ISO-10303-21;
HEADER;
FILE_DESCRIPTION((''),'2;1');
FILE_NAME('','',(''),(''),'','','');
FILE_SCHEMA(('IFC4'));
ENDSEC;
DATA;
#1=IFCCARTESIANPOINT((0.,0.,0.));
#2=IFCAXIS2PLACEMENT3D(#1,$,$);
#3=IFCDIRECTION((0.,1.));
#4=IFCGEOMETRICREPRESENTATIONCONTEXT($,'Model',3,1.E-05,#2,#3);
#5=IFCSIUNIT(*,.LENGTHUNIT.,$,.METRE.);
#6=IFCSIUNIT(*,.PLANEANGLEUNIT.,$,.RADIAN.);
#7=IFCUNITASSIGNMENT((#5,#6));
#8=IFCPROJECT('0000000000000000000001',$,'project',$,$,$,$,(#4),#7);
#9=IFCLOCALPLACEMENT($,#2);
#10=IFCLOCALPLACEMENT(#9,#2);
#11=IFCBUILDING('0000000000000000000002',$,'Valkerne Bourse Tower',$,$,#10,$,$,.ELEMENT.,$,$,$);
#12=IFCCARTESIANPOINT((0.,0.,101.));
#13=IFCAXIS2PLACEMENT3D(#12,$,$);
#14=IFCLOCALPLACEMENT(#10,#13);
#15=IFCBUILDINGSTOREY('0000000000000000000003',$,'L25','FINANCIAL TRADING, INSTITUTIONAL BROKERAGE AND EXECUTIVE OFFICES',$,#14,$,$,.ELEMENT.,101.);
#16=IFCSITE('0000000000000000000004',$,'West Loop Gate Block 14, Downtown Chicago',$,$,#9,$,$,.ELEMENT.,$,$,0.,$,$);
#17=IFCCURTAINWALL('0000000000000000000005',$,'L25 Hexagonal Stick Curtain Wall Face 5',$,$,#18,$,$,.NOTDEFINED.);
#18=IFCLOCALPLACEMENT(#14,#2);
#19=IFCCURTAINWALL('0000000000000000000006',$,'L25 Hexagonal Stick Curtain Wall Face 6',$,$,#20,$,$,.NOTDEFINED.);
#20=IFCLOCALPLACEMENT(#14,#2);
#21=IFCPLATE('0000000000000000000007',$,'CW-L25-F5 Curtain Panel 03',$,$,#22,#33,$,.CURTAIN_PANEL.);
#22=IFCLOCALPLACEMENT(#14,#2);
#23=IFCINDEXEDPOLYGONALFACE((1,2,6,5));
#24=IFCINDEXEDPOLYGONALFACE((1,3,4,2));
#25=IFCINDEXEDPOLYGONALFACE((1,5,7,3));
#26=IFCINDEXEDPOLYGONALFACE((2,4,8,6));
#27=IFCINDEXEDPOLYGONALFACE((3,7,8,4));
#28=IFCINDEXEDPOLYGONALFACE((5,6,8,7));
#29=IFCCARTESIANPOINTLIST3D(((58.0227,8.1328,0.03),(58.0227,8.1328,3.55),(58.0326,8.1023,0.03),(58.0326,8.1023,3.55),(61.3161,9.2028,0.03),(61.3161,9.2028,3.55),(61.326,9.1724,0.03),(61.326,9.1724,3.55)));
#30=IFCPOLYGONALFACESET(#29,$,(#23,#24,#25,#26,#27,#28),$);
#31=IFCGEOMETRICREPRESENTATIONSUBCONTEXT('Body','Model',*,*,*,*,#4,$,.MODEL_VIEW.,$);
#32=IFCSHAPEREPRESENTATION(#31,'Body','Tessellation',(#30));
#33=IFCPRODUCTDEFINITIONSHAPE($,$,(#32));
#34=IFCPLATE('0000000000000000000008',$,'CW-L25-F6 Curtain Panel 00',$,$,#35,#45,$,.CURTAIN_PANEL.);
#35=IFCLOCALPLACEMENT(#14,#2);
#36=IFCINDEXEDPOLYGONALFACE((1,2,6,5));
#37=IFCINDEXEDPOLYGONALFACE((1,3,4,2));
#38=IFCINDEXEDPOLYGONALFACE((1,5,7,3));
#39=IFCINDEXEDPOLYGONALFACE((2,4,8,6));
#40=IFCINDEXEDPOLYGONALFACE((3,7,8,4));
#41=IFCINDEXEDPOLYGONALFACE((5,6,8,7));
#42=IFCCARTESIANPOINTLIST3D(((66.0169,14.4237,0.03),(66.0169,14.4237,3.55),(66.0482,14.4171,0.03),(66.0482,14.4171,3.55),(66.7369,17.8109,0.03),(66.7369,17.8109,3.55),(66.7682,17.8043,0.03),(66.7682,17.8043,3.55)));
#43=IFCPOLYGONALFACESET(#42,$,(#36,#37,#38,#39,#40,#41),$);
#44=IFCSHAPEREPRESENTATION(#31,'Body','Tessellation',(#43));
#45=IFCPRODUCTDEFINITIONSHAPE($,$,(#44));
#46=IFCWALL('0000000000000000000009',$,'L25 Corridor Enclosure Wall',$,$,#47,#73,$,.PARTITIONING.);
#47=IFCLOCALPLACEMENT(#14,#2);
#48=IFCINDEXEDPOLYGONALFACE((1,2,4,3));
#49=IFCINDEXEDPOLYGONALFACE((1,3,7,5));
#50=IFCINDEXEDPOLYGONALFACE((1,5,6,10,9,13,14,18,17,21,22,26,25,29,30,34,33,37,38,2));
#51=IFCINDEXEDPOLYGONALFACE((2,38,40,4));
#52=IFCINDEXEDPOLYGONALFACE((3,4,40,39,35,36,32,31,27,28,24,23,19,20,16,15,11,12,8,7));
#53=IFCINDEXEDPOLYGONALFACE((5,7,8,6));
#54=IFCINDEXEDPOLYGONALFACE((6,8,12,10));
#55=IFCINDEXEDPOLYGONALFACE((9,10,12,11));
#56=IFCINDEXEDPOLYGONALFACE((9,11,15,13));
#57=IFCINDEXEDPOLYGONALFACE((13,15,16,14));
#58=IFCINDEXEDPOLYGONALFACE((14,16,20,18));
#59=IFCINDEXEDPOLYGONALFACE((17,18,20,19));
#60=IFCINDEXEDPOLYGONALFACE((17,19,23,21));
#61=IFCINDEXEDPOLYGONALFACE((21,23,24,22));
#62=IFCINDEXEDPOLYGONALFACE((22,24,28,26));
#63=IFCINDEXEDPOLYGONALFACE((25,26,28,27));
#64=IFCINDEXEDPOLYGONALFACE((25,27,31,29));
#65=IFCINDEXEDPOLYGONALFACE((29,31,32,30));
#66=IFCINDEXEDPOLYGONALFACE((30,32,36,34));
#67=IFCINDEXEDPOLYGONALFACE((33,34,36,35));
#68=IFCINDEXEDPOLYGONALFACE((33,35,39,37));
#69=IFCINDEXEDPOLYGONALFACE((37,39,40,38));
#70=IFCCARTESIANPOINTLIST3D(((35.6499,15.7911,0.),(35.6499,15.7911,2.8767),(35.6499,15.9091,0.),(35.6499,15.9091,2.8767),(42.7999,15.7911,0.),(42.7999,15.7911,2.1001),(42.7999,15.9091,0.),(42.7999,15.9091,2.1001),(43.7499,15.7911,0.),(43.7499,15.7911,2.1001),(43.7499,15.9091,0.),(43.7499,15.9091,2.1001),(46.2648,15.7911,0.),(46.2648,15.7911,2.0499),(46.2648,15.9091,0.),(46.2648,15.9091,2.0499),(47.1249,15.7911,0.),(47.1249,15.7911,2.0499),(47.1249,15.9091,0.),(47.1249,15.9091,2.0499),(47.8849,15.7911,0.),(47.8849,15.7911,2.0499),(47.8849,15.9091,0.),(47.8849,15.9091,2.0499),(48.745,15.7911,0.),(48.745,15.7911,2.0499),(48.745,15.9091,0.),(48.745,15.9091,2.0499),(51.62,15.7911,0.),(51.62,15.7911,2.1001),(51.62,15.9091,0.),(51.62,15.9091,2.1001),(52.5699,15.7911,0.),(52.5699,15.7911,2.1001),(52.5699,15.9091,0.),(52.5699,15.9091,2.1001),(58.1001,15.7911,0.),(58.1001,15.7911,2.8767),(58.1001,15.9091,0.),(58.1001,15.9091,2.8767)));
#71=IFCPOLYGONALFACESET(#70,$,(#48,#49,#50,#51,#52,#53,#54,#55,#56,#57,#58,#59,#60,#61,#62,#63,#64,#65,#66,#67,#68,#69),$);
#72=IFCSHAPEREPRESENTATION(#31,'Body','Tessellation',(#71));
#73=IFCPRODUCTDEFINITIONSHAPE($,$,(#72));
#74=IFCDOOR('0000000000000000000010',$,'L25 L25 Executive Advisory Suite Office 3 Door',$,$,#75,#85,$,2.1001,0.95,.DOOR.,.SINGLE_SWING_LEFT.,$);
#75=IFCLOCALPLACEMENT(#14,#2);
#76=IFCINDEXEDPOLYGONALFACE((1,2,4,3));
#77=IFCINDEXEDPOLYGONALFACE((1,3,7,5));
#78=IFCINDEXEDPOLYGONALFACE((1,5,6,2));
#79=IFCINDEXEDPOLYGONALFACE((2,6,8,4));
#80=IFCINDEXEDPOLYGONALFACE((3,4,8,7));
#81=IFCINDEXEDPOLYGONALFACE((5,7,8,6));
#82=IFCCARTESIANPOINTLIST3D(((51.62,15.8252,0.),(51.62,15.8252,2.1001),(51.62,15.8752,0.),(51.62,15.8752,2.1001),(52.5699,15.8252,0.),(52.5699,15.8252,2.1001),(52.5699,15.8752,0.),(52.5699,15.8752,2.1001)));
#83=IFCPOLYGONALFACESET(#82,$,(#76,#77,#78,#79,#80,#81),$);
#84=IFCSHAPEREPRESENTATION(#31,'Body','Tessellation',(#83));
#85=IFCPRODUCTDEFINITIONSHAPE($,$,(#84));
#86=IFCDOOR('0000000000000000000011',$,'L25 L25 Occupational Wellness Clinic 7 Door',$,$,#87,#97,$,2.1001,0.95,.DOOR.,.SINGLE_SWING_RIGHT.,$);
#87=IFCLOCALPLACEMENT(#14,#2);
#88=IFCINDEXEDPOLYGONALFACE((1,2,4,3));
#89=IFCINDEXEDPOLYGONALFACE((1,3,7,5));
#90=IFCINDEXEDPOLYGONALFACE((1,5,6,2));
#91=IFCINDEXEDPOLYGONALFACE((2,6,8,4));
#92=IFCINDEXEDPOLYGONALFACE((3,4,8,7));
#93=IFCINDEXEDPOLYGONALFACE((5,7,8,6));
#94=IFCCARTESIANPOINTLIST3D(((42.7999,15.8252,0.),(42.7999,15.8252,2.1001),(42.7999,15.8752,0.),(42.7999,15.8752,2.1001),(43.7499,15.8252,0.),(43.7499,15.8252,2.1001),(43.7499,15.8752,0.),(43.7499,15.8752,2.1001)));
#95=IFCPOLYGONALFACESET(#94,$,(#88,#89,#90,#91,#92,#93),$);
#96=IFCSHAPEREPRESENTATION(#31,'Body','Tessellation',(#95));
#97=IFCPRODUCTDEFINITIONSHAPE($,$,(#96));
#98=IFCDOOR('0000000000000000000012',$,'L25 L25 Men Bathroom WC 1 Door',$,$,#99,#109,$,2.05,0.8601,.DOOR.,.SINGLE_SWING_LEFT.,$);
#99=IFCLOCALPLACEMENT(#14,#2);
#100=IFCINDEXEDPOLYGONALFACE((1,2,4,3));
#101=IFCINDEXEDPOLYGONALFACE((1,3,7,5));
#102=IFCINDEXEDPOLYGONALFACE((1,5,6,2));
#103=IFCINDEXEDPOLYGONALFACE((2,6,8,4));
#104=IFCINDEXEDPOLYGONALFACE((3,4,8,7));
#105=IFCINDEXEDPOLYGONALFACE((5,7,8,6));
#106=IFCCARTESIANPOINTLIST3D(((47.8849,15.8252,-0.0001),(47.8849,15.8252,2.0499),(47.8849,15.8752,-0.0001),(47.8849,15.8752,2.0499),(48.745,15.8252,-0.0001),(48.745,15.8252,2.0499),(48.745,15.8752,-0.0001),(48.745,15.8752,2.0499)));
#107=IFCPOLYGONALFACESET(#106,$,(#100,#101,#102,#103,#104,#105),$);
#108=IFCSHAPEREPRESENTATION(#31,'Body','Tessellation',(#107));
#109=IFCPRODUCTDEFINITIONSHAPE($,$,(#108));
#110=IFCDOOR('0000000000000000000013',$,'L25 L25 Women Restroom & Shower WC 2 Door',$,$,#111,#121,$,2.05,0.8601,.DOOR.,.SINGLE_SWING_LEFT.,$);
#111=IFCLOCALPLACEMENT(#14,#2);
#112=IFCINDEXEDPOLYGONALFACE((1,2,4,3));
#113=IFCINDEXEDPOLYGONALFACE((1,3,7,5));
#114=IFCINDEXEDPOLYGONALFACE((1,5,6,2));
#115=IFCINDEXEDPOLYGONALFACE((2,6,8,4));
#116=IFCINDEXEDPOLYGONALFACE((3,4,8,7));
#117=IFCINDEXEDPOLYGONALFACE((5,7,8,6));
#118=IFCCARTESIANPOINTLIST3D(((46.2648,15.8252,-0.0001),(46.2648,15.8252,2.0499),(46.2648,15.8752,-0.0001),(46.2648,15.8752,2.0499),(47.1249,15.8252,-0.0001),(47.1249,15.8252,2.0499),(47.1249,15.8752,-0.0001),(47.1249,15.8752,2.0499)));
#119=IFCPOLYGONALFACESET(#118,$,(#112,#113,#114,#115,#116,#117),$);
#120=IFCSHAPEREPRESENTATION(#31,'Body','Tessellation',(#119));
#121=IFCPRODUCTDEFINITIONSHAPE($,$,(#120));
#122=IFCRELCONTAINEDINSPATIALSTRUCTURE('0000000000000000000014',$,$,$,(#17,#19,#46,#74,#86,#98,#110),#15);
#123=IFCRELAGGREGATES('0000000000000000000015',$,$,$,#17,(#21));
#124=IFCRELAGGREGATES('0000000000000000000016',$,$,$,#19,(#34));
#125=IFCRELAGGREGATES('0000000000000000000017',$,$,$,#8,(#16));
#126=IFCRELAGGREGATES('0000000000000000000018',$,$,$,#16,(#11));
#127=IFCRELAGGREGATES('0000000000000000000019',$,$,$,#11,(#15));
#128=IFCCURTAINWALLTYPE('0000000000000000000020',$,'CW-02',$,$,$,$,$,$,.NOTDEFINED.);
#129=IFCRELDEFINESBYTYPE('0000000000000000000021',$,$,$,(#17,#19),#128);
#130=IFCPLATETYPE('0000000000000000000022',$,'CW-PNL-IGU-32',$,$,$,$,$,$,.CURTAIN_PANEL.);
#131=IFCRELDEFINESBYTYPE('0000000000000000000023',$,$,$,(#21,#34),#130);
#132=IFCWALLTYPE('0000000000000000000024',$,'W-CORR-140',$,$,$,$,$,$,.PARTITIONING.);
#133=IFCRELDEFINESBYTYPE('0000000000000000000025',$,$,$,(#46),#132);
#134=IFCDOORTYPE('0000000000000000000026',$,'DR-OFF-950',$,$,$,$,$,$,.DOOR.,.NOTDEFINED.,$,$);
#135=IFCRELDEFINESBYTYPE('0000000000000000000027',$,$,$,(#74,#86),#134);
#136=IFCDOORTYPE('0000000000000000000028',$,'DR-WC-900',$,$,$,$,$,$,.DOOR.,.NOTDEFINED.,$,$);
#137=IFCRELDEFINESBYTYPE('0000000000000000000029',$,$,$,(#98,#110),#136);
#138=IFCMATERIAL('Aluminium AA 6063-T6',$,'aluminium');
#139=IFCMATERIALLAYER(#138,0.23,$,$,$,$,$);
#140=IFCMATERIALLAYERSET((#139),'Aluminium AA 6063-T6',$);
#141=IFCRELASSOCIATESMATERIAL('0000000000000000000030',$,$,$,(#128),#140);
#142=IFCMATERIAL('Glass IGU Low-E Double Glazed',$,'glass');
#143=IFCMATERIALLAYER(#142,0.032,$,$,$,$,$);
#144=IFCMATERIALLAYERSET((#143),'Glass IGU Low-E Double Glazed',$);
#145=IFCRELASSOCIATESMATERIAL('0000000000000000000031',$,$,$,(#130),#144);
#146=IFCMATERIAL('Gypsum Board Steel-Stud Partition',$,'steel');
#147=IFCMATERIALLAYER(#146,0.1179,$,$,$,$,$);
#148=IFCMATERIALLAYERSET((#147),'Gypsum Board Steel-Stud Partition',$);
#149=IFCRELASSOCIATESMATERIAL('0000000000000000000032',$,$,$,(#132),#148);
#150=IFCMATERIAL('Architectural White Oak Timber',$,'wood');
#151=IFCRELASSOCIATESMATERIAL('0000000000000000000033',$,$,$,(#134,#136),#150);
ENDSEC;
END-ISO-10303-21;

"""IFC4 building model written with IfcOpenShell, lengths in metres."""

from ifc_helpers import new_model, si_unit, direction, frame, frame_2d, origin, origin_2d, place, context, subcontext, project, spatial, rectangle, extrude, material, layer, layer_set, type_object, element, fill, aggregate, save


model = new_model("IFC4")

# Units and contexts
model_context = context("Model", 3, precision=1e-05, world=origin(), true_north=direction((0.0, 1.0)))
body_context = subcontext(model_context, "Body", "Model", "MODEL_VIEW")
ifc_project = project(units=[si_unit("LENGTHUNIT", "METRE"), si_unit("PLANEANGLEUNIT", "RADIAN")], contexts=[model_context])

# Site, building, storey
site_placement = place(None, origin())
site = spatial("IfcSite", under=ifc_project, at=site_placement, Name="West Loop Gate Block 14, Downtown Chicago", CompositionType="ELEMENT", RefElevation=0.0)
building_placement = place(site_placement, origin())
building = spatial("IfcBuilding", under=site, at=building_placement, Name="Valkerne Bourse Tower", CompositionType="ELEMENT")
storey_placement = place(building_placement, frame((0.0, 0.0, 101.0)))
storey = spatial("IfcBuildingStorey", under=building, at=storey_placement, Name="L25", Description="FINANCIAL TRADING, INSTITUTIONAL BROKERAGE AND EXECUTIVE OFFICES", CompositionType="ELEMENT", Elevation=101.0)

# Curtain walls
ifc_material_1 = material(Name="Aluminium AA 6063-T6", Category="aluminium")
ifc_layer_1 = layer(ifc_material_1, 0.23)
ifc_layer_set_1 = layer_set([ifc_layer_1], Name="Aluminium AA 6063-T6")
curtain_wall_type = type_object("IfcCurtainWallType", Name="CW-02", PredefinedType="NOTDEFINED", material=ifc_layer_set_1)
curtain_wall_1_placement = place(storey_placement, origin())
curtain_wall_1 = element("IfcCurtainWall", 1, at=curtain_wall_1_placement, inside=storey, type_object=curtain_wall_type, Name="L25 Hexagonal Stick Curtain Wall Face 5", PredefinedType="NOTDEFINED")
curtain_wall_2_placement = place(storey_placement, origin())
curtain_wall_2 = element("IfcCurtainWall", 2, at=curtain_wall_2_placement, inside=storey, type_object=curtain_wall_type, Name="L25 Hexagonal Stick Curtain Wall Face 6", PredefinedType="NOTDEFINED")

# Plates
ifc_material_2 = material(Name="Glass IGU Low-E Double Glazed", Category="glass")
ifc_layer_2 = layer(ifc_material_2, 0.032)
ifc_layer_set_2 = layer_set([ifc_layer_2], Name="Glass IGU Low-E Double Glazed")
plate_type = type_object("IfcPlateType", Name="CW-PNL-IGU-32", PredefinedType="CURTAIN_PANEL", material=ifc_layer_set_2)
plate_1_placement = place(storey_placement, frame((59.6743, 8.6526, 0.03), z_axis=(0.0, 0.0, 1.0), x_axis=(0.951058, 0.309011, 0.0)))
plate_1 = element("IfcPlate", 3, at=plate_1_placement, type_object=plate_type, Name="CW-L25-F5 Curtain Panel 03", PredefinedType="CURTAIN_PANEL", context=body_context, shape_type="SweptSolid", body=[
    extrude(rectangle(XDim=3.4629, YDim=0.032, at=origin_2d()), origin(), (0.0, 0.0, 1.0), 3.52),
])
aggregate(curtain_wall_1, [plate_1])
plate_2_placement = place(storey_placement, frame((66.3926, 16.114, 0.03), z_axis=(0.0, 0.0, 1.0), x_axis=(0.207918, 0.978146, 0.0)))
plate_2 = element("IfcPlate", 4, at=plate_2_placement, type_object=plate_type, Name="CW-L25-F6 Curtain Panel 00", PredefinedType="CURTAIN_PANEL", context=body_context, shape_type="SweptSolid", body=[
    extrude(rectangle(XDim=3.4629, YDim=0.032, at=origin_2d()), origin(), (0.0, 0.0, 1.0), 3.52),
])
aggregate(curtain_wall_2, [plate_2])

# Wall, openings, doors
ifc_material_3 = material(Name="Gypsum Board Steel-Stud Partition", Category="steel")
ifc_layer_3 = layer(ifc_material_3, 0.1179)
ifc_layer_set_3 = layer_set([ifc_layer_3], Name="Gypsum Board Steel-Stud Partition")
wall_type = type_object("IfcWallType", Name="W-CORR-140", PredefinedType="PARTITIONING", material=ifc_layer_set_3)
wall_placement = place(storey_placement, frame((58.1001, 15.8501, 0.0), z_axis=(0.0, 0.0, 1.0), x_axis=(-1.0, 0.0, 0.0)))
wall = element("IfcWall", 5, at=wall_placement, inside=storey, type_object=wall_type, Name="L25 Corridor Enclosure Wall", PredefinedType="PARTITIONING", context=body_context, shape_type="SweptSolid", body=[
    extrude(rectangle(XDim=22.4502, YDim=0.1179, at=frame_2d((11.2251, 0.0))), origin(), (0.0, 0.0, 1.0), 2.8767),
])
opening_1_placement = place(wall_placement, frame((9.355, 0.0, 0.0)))
opening_1 = element("IfcOpeningElement", 6, at=opening_1_placement, cuts=wall, PredefinedType="OPENING", context=body_context, shape_type="SweptSolid", body=[
    extrude(rectangle(XDim=0.8601, YDim=2.05, at=frame_2d((0.4302, 1.0249))), frame((0.0, 0.0688, 0.0), z_axis=(0.0, -1.0, 0.0), x_axis=(1.0, 0.0, 0.0)), (0.0, 0.0, 1.0), 0.1379),
])
opening_2_placement = place(wall_placement, frame((10.9751, 0.0, 0.0)))
opening_2 = element("IfcOpeningElement", 7, at=opening_2_placement, cuts=wall, PredefinedType="OPENING", context=body_context, shape_type="SweptSolid", body=[
    extrude(rectangle(XDim=0.8601, YDim=2.05, at=frame_2d((0.4302, 1.0249))), frame((0.0, 0.0688, 0.0), z_axis=(0.0, -1.0, 0.0), x_axis=(1.0, 0.0, 0.0)), (0.0, 0.0, 1.0), 0.1379),
])
opening_3_placement = place(wall_placement, frame((5.53, 0.0, 0.0)))
opening_3 = element("IfcOpeningElement", 8, at=opening_3_placement, cuts=wall, PredefinedType="OPENING", context=body_context, shape_type="SweptSolid", body=[
    extrude(rectangle(XDim=0.95, YDim=2.1001, at=frame_2d((0.4751, 1.05))), frame((0.0, 0.0688, 0.0), z_axis=(0.0, -1.0, 0.0), x_axis=(1.0, 0.0, 0.0)), (0.0, 0.0, 1.0), 0.1379),
])
opening_4_placement = place(wall_placement, frame((14.3501, 0.0, 0.0)))
opening_4 = element("IfcOpeningElement", 9, at=opening_4_placement, cuts=wall, PredefinedType="OPENING", context=body_context, shape_type="SweptSolid", body=[
    extrude(rectangle(XDim=0.95, YDim=2.1001, at=frame_2d((0.4751, 1.05))), frame((0.0, 0.0688, 0.0), z_axis=(0.0, -1.0, 0.0), x_axis=(1.0, 0.0, 0.0)), (0.0, 0.0, 1.0), 0.1379),
])
ifc_material_4 = material(Name="Architectural White Oak Timber", Category="wood")
door_type_1 = type_object("IfcDoorType", Name="DR-OFF-950", OperationType="NOTDEFINED", PredefinedType="DOOR", material=ifc_material_4)
door_1_placement = place(opening_3_placement, origin())
door_1 = element("IfcDoor", 10, at=door_1_placement, inside=storey, type_object=door_type_1, Name="L25 L25 Executive Advisory Suite Office 3 Door", OperationType="SINGLE_SWING_LEFT", OverallHeight=2.1001, OverallWidth=0.95, PredefinedType="DOOR", context=body_context, shape_type="SweptSolid", body=[
    extrude(rectangle(XDim=0.95, YDim=2.1001, at=frame_2d((0.4751, 1.05))), frame((0.0, 0.0249, 0.0), z_axis=(0.0, -1.0, 0.0), x_axis=(1.0, 0.0, 0.0)), (0.0, 0.0, 1.0), 0.05),
])
fill(opening_3, door_1)
door_2_placement = place(opening_4_placement, origin())
door_2 = element("IfcDoor", 11, at=door_2_placement, inside=storey, type_object=door_type_1, Name="L25 L25 Occupational Wellness Clinic 7 Door", OperationType="SINGLE_SWING_RIGHT", OverallHeight=2.1001, OverallWidth=0.95, PredefinedType="DOOR", context=body_context, shape_type="SweptSolid", body=[
    extrude(rectangle(XDim=0.95, YDim=2.1001, at=frame_2d((0.4751, 1.05))), frame((0.0, 0.0249, 0.0), z_axis=(0.0, -1.0, 0.0), x_axis=(1.0, 0.0, 0.0)), (0.0, 0.0, 1.0), 0.05),
])
fill(opening_4, door_2)
door_type_2 = type_object("IfcDoorType", Name="DR-WC-900", OperationType="NOTDEFINED", PredefinedType="DOOR", material=ifc_material_4)
door_3_placement = place(opening_1_placement, origin())
door_3 = element("IfcDoor", 12, at=door_3_placement, inside=storey, type_object=door_type_2, Name="L25 L25 Men Bathroom WC 1 Door", OperationType="SINGLE_SWING_LEFT", OverallHeight=2.05, OverallWidth=0.8601, PredefinedType="DOOR", context=body_context, shape_type="SweptSolid", body=[
    extrude(rectangle(XDim=0.8601, YDim=2.05, at=frame_2d((0.4302, 1.0249))), frame((0.0, 0.0249, 0.0), z_axis=(0.0, -1.0, 0.0), x_axis=(1.0, 0.0, 0.0)), (0.0, 0.0, 1.0), 0.05),
])
fill(opening_1, door_3)
door_4_placement = place(opening_2_placement, origin())
door_4 = element("IfcDoor", 13, at=door_4_placement, inside=storey, type_object=door_type_2, Name="L25 L25 Women Restroom & Shower WC 2 Door", OperationType="SINGLE_SWING_LEFT", OverallHeight=2.05, OverallWidth=0.8601, PredefinedType="DOOR", context=body_context, shape_type="SweptSolid", body=[
    extrude(rectangle(XDim=0.8601, YDim=2.05, at=frame_2d((0.4302, 1.0249))), frame((0.0, 0.0249, 0.0), z_axis=(0.0, -1.0, 0.0), x_axis=(1.0, 0.0, 0.0)), (0.0, 0.0, 1.0), 0.05),
])
fill(opening_2, door_4)

save(model, "model.ifc")
